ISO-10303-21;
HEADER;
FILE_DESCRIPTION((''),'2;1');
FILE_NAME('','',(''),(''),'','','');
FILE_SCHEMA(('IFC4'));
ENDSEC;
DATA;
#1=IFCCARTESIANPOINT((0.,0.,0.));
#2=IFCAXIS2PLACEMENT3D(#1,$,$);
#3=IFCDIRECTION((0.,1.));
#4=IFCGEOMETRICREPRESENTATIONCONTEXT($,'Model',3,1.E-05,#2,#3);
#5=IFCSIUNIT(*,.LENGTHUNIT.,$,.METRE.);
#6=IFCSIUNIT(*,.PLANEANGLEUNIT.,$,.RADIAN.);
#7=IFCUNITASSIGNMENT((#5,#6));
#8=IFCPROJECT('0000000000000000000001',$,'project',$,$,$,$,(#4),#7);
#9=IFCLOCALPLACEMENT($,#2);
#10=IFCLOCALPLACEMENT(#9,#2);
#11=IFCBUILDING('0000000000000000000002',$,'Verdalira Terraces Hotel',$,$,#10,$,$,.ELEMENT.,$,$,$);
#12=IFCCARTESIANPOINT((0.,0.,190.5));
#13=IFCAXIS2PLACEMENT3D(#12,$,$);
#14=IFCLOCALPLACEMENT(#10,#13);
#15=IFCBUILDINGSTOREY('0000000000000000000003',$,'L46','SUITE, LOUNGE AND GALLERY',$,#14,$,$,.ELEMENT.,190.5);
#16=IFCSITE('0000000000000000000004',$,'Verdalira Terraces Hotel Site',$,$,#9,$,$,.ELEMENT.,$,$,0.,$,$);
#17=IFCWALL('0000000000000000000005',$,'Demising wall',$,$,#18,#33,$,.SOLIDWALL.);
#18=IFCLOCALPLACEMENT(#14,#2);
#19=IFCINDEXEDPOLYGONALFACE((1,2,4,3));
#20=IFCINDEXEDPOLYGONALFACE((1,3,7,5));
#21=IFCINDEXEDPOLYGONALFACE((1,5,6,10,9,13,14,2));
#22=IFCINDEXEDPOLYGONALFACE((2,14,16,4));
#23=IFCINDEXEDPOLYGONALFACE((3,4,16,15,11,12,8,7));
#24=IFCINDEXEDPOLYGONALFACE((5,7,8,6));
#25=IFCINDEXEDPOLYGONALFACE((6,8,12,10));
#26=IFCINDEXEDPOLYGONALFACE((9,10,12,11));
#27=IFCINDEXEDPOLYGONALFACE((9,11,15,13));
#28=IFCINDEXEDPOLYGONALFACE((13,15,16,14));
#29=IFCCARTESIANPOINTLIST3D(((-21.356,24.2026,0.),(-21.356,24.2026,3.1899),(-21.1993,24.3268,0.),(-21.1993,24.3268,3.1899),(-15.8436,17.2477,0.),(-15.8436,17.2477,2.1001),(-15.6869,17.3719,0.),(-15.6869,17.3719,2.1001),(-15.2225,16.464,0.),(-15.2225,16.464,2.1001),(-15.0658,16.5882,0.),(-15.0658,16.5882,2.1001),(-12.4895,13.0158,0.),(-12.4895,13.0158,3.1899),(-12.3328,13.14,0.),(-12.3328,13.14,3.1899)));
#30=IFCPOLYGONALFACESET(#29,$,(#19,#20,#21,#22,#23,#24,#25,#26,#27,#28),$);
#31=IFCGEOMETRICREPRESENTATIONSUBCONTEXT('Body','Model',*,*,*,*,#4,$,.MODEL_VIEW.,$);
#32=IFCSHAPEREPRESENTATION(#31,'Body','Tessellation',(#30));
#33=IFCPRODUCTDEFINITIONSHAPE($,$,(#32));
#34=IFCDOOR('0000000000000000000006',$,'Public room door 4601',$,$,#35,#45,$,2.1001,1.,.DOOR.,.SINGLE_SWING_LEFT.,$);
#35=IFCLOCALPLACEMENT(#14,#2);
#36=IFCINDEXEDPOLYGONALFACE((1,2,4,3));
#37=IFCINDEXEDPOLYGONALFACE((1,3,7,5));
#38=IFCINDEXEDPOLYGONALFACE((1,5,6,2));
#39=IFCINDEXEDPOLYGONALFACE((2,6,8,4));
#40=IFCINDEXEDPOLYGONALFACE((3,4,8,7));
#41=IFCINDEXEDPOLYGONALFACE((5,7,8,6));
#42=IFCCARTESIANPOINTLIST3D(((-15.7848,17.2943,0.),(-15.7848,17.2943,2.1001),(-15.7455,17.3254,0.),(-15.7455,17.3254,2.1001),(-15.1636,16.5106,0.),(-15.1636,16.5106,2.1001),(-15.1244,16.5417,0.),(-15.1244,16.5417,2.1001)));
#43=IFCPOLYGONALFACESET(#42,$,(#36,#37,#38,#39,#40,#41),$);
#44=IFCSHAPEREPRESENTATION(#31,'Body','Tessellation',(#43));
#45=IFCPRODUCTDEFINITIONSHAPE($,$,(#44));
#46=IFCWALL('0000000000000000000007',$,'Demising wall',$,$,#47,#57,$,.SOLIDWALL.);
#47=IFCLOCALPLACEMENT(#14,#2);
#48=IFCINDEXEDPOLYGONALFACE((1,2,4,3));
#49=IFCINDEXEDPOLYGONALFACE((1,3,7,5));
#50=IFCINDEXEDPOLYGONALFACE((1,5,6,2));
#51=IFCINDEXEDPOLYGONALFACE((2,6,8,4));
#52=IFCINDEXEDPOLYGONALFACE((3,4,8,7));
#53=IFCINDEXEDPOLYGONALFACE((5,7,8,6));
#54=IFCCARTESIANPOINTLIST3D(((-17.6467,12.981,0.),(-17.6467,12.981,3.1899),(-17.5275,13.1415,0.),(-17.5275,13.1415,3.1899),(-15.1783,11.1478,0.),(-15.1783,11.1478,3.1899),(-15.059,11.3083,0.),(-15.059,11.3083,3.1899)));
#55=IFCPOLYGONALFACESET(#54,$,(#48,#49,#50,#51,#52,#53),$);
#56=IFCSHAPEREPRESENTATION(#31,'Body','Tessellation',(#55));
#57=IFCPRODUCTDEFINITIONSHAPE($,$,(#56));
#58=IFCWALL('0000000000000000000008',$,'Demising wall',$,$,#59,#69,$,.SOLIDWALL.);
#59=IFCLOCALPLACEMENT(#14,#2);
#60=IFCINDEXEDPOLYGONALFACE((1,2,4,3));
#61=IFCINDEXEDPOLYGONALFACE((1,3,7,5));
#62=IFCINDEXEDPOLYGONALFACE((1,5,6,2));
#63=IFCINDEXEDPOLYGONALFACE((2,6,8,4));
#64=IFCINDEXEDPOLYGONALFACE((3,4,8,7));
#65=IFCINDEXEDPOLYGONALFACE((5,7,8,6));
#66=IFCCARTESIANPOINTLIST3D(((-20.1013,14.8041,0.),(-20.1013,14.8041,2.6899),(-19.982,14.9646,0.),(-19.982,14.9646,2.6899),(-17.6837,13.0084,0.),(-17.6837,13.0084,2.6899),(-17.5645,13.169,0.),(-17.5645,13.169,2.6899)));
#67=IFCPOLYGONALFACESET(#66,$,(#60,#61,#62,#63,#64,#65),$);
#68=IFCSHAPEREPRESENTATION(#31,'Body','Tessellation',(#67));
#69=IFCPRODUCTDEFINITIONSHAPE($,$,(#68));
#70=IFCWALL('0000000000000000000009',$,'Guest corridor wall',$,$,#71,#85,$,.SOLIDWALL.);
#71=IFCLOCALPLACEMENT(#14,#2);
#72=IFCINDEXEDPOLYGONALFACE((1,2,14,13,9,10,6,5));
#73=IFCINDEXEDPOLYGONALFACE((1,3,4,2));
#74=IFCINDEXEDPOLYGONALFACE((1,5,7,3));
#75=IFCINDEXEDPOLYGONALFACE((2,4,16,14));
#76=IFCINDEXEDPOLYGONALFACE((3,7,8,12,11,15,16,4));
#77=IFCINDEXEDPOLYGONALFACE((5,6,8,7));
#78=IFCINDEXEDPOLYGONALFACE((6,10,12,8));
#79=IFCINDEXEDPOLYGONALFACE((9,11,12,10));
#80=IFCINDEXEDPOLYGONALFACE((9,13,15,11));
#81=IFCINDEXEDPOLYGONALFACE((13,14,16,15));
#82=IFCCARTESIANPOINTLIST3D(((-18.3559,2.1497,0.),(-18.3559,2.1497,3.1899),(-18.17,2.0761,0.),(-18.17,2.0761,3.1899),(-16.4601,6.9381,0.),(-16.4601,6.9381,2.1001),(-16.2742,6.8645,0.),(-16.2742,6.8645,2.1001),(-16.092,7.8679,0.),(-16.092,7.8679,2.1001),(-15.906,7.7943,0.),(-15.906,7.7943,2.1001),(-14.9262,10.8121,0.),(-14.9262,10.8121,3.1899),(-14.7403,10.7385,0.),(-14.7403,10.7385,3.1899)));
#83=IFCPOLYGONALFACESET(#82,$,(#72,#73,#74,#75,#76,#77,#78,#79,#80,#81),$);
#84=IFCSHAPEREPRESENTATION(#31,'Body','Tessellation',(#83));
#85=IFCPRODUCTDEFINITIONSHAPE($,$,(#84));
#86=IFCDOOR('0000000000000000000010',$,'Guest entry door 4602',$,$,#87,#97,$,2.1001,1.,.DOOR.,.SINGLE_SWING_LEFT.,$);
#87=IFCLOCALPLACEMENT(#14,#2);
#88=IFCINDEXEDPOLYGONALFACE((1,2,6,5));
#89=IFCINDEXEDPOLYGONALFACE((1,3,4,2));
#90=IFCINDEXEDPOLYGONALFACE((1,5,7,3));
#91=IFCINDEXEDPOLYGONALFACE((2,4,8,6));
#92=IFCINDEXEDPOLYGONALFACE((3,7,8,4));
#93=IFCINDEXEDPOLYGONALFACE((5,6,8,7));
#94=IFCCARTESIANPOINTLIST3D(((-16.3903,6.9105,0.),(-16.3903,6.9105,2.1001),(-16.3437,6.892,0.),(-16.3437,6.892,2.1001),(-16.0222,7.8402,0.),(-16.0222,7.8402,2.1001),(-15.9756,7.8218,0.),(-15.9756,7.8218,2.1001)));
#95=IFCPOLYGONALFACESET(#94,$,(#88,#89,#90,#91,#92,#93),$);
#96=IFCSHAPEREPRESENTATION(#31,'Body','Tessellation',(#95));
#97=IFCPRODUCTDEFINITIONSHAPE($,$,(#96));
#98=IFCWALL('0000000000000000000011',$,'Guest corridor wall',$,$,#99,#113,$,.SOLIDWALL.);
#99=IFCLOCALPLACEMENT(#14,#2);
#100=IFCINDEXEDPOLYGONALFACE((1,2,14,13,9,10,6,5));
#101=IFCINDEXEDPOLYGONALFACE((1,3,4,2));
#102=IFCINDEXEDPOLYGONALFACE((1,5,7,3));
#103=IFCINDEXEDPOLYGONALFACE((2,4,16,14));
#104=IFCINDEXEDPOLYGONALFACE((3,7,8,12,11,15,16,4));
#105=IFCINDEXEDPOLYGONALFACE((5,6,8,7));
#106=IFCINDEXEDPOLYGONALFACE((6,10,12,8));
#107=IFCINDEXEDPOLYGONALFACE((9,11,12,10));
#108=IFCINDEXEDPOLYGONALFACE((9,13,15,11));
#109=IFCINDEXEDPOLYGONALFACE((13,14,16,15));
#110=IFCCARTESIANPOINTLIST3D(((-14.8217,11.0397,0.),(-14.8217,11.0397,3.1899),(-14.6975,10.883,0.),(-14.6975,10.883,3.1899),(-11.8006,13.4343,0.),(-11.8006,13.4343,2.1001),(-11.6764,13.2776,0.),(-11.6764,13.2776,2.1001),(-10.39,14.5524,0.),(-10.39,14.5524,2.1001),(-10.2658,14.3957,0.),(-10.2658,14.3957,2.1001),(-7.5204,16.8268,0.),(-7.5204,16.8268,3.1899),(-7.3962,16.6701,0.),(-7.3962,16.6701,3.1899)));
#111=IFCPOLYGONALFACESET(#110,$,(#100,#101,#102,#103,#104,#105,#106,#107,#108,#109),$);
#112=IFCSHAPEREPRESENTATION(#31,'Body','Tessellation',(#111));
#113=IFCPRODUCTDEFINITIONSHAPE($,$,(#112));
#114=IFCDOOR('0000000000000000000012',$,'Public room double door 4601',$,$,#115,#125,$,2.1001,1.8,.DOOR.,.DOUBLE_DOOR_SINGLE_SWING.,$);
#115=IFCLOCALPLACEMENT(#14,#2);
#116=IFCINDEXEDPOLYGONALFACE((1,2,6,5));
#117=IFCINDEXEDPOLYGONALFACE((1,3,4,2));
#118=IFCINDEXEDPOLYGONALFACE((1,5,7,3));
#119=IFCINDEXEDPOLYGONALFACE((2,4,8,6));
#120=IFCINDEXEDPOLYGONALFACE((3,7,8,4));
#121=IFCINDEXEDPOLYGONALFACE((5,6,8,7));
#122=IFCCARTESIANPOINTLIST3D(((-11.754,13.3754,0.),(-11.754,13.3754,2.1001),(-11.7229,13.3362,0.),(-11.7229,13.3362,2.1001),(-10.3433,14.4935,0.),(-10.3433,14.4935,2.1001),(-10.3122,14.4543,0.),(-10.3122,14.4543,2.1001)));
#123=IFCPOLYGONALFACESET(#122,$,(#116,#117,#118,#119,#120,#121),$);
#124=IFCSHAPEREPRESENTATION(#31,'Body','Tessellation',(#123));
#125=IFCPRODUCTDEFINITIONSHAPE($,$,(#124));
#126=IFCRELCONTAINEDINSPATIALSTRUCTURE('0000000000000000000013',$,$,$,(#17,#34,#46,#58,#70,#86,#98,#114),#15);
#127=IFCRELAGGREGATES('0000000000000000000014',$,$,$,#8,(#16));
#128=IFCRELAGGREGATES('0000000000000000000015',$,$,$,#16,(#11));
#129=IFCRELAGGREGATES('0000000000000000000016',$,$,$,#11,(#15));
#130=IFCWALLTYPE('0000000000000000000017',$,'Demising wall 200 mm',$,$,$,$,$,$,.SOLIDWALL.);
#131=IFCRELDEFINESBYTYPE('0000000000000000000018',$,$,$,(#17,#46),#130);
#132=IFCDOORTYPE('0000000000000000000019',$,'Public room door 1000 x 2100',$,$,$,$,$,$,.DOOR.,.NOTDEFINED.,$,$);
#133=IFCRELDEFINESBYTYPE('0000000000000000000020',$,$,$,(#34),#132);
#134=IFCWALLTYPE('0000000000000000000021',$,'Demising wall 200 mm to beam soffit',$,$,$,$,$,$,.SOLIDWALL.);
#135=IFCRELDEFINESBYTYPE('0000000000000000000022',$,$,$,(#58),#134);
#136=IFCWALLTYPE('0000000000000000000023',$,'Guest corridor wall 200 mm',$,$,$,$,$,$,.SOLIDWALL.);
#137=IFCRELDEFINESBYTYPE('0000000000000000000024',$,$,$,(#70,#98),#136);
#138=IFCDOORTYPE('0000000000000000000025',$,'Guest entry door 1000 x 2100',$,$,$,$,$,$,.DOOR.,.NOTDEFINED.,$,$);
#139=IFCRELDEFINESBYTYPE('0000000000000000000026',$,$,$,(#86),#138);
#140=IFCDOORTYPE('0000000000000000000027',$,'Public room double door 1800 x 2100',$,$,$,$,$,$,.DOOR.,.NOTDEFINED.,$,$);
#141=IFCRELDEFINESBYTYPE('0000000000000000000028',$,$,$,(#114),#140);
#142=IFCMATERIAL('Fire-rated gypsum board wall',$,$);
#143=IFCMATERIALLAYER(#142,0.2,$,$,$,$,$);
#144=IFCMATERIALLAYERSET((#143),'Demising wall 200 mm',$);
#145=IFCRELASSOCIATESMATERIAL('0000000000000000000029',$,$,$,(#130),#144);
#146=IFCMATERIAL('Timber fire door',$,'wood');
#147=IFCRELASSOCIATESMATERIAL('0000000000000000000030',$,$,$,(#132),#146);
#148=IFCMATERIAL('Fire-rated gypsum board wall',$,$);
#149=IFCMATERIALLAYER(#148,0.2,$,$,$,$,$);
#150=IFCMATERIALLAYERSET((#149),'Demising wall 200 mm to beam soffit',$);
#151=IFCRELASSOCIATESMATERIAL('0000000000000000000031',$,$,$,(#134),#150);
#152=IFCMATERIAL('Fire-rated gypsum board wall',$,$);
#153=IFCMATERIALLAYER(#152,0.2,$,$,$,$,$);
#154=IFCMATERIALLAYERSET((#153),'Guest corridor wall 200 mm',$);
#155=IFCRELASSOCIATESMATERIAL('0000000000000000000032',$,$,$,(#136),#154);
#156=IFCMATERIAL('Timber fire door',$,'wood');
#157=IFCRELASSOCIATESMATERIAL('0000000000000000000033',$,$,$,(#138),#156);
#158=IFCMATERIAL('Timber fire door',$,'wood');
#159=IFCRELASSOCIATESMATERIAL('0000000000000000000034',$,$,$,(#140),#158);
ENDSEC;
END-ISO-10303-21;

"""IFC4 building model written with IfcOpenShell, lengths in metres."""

from ifc_helpers import new_model, si_unit, direction, frame, frame_2d, origin, place, context, subcontext, project, spatial, rectangle, extrude, material, layer, layer_set, type_object, element, fill, save


model = new_model("IFC4")

# Units and contexts
model_context = context("Model", 3, precision=1e-05, world=origin(), true_north=direction((0.0, 1.0)))
body_context = subcontext(model_context, "Body", "Model", "MODEL_VIEW")
ifc_project = project(units=[si_unit("LENGTHUNIT", "METRE"), si_unit("PLANEANGLEUNIT", "RADIAN")], contexts=[model_context])

# Site, building, storey
site_placement = place(None, origin())
site = spatial("IfcSite", under=ifc_project, at=site_placement, Name="Verdalira Terraces Hotel Site", CompositionType="ELEMENT", RefElevation=0.0)
building_placement = place(site_placement, origin())
building = spatial("IfcBuilding", under=site, at=building_placement, Name="Verdalira Terraces Hotel", CompositionType="ELEMENT")
storey_placement = place(building_placement, frame((0.0, 0.0, 190.5)))
storey = spatial("IfcBuildingStorey", under=building, at=storey_placement, Name="L46", Description="SUITE, LOUNGE AND GALLERY", CompositionType="ELEMENT", Elevation=190.5)

# Shared definitions
ifc_material_1 = material(Name="Fire-rated gypsum board wall")
ifc_layer_1 = layer(ifc_material_1, 0.2)
ifc_layer_set_1 = layer_set([ifc_layer_1], Name="Demising wall 200 mm")
wall_type_1 = type_object("IfcWallType", Name="Demising wall 200 mm", PredefinedType="SOLIDWALL", material=ifc_layer_set_1)

# Wall, opening, door
wall_1_placement = place(storey_placement, frame((-12.4111, 13.0779, 0.0), z_axis=(0.0, 0.0, 1.0), x_axis=(-0.621145, 0.783696, 0.0)))
wall_1 = element("IfcWall", 1, at=wall_1_placement, inside=storey, type_object=wall_type_1, Name="Demising wall", PredefinedType="SOLIDWALL", context=body_context, shape_type="SweptSolid", body=[
    extrude(rectangle(XDim=14.2744, YDim=0.2, at=frame_2d((7.1372, 0.0))), origin(), (0.0, 0.0, 1.0), 3.1899),
])
opening_1_placement = place(wall_1_placement, frame((4.3999, 0.0, 0.0)))
opening_1 = element("IfcOpeningElement", 2, at=opening_1_placement, cuts=wall_1, PredefinedType="OPENING", context=body_context, shape_type="SweptSolid", body=[
    extrude(rectangle(XDim=1.0, YDim=2.1001, at=frame_2d((0.5, 1.05))), frame((0.0, 0.1099, 0.0), z_axis=(0.0, -1.0, 0.0), x_axis=(1.0, 0.0, 0.0)), (0.0, 0.0, 1.0), 0.22),
])
ifc_material_2 = material(Name="Timber fire door", Category="wood")
door_type_1 = type_object("IfcDoorType", Name="Public room door 1000 x 2100", OperationType="NOTDEFINED", PredefinedType="DOOR", material=ifc_material_2)
door_1_placement = place(opening_1_placement, origin())
door_1 = element("IfcDoor", 3, at=door_1_placement, inside=storey, type_object=door_type_1, Name="Public room door 4601", OperationType="SINGLE_SWING_LEFT", OverallHeight=2.1001, OverallWidth=1.0, PredefinedType="DOOR", context=body_context, shape_type="SweptSolid", body=[
    extrude(rectangle(XDim=1.0, YDim=2.1001, at=frame_2d((0.5, 1.05))), frame((0.0, 0.0249, 0.0), z_axis=(0.0, -1.0, 0.0), x_axis=(1.0, 0.0, 0.0)), (0.0, 0.0, 1.0), 0.05),
])
fill(opening_1, door_1)

# Walls
wall_2_placement = place(storey_placement, frame((-15.1187, 11.228, 0.0), z_axis=(0.0, 0.0, 1.0), x_axis=(-0.802821, 0.59622, 0.0)))
element("IfcWall", 4, at=wall_2_placement, inside=storey, type_object=wall_type_1, Name="Demising wall", PredefinedType="SOLIDWALL", context=body_context, shape_type="SweptSolid", body=[
    extrude(rectangle(XDim=3.0747, YDim=0.2, at=frame_2d((1.5374, 0.0))), origin(), (0.0, 0.0, 1.0), 3.1899),
])
ifc_material_3 = material(Name="Fire-rated gypsum board wall")
ifc_layer_2 = layer(ifc_material_3, 0.2)
ifc_layer_set_2 = layer_set([ifc_layer_2], Name="Demising wall 200 mm to beam soffit")
wall_type_2 = type_object("IfcWallType", Name="Demising wall 200 mm to beam soffit", PredefinedType="SOLIDWALL", material=ifc_layer_set_2)
wall_3_placement = place(storey_placement, frame((-17.624, 13.0886, 0.0), z_axis=(0.0, 0.0, 1.0), x_axis=(-0.802774, 0.596284, 0.0)))
element("IfcWall", 5, at=wall_3_placement, inside=storey, type_object=wall_type_2, Name="Demising wall", PredefinedType="SOLIDWALL", context=body_context, shape_type="SweptSolid", body=[
    extrude(rectangle(XDim=3.0115, YDim=0.2, at=frame_2d((1.5059, 0.0))), origin(), (0.0, 0.0, 1.0), 2.6899),
])

# Walls, openings, doors
ifc_material_4 = material(Name="Fire-rated gypsum board wall")
ifc_layer_3 = layer(ifc_material_4, 0.2)
ifc_layer_set_3 = layer_set([ifc_layer_3], Name="Guest corridor wall 200 mm")
wall_type_3 = type_object("IfcWallType", Name="Guest corridor wall 200 mm", PredefinedType="SOLIDWALL", material=ifc_layer_set_3)
wall_4_placement = place(storey_placement, frame((-18.2629, 2.113, 0.0), z_axis=(0.0, 0.0, 1.0), x_axis=(0.368126, 0.929776, 0.0)))
wall_4 = element("IfcWall", 6, at=wall_4_placement, inside=storey, type_object=wall_type_3, Name="Guest corridor wall", PredefinedType="SOLIDWALL", context=body_context, shape_type="SweptSolid", body=[
    extrude(rectangle(XDim=9.3166, YDim=0.2, at=frame_2d((4.6582, 0.0))), origin(), (0.0, 0.0, 1.0), 3.1899),
])
opening_2_placement = place(wall_4_placement, frame((5.1499, 0.0, 0.0)))
opening_2 = element("IfcOpeningElement", 7, at=opening_2_placement, cuts=wall_4, PredefinedType="OPENING", context=body_context, shape_type="SweptSolid", body=[
    extrude(rectangle(XDim=1.0, YDim=2.1001, at=frame_2d((0.5, 1.05))), frame((0.0, 0.1099, 0.0), z_axis=(0.0, -1.0, 0.0), x_axis=(1.0, 0.0, 0.0)), (0.0, 0.0, 1.0), 0.22),
])
ifc_material_5 = material(Name="Timber fire door", Category="wood")
door_type_2 = type_object("IfcDoorType", Name="Guest entry door 1000 x 2100", OperationType="NOTDEFINED", PredefinedType="DOOR", material=ifc_material_5)
door_2_placement = place(opening_2_placement, origin())
door_2 = element("IfcDoor", 8, at=door_2_placement, inside=storey, type_object=door_type_2, Name="Guest entry door 4602", OperationType="SINGLE_SWING_LEFT", OverallHeight=2.1001, OverallWidth=1.0, PredefinedType="DOOR", context=body_context, shape_type="SweptSolid", body=[
    extrude(rectangle(XDim=1.0, YDim=2.1001, at=frame_2d((0.5, 1.05))), frame((0.0, 0.0249, 0.0), z_axis=(0.0, -1.0, 0.0), x_axis=(1.0, 0.0, 0.0)), (0.0, 0.0, 1.0), 0.05),
])
fill(opening_2, door_2)
wall_5_placement = place(storey_placement, frame((-14.7595, 10.9614, 0.0), z_axis=(0.0, 0.0, 1.0), x_axis=(0.783683, 0.621161, 0.0)))
wall_5 = element("IfcWall", 9, at=wall_5_placement, inside=storey, type_object=wall_type_3, Name="Guest corridor wall", PredefinedType="SOLIDWALL", context=body_context, shape_type="SweptSolid", body=[
    extrude(rectangle(XDim=9.3166, YDim=0.2, at=frame_2d((4.6582, 0.0))), origin(), (0.0, 0.0, 1.0), 3.1899),
])
opening_3_placement = place(wall_5_placement, frame((3.855, 0.0, 0.0)))
opening_3 = element("IfcOpeningElement", 10, at=opening_3_placement, cuts=wall_5, PredefinedType="OPENING", context=body_context, shape_type="SweptSolid", body=[
    extrude(rectangle(XDim=1.8, YDim=2.1001, at=frame_2d((0.8999, 1.05))), frame((0.0, 0.1099, 0.0), z_axis=(0.0, -1.0, 0.0), x_axis=(1.0, 0.0, 0.0)), (0.0, 0.0, 1.0), 0.22),
])
ifc_material_6 = material(Name="Timber fire door", Category="wood")
door_type_3 = type_object("IfcDoorType", Name="Public room double door 1800 x 2100", OperationType="NOTDEFINED", PredefinedType="DOOR", material=ifc_material_6)
door_3_placement = place(opening_3_placement, origin())
door_3 = element("IfcDoor", 11, at=door_3_placement, inside=storey, type_object=door_type_3, Name="Public room double door 4601", OperationType="DOUBLE_DOOR_SINGLE_SWING", OverallHeight=2.1001, OverallWidth=1.8, PredefinedType="DOOR", context=body_context, shape_type="SweptSolid", body=[
    extrude(rectangle(XDim=1.8, YDim=2.1001, at=frame_2d((0.8999, 1.05))), frame((0.0, 0.0249, 0.0), z_axis=(0.0, -1.0, 0.0), x_axis=(1.0, 0.0, 0.0)), (0.0, 0.0, 1.0), 0.05),
])
fill(opening_3, door_3)

save(model, "model.ifc")
